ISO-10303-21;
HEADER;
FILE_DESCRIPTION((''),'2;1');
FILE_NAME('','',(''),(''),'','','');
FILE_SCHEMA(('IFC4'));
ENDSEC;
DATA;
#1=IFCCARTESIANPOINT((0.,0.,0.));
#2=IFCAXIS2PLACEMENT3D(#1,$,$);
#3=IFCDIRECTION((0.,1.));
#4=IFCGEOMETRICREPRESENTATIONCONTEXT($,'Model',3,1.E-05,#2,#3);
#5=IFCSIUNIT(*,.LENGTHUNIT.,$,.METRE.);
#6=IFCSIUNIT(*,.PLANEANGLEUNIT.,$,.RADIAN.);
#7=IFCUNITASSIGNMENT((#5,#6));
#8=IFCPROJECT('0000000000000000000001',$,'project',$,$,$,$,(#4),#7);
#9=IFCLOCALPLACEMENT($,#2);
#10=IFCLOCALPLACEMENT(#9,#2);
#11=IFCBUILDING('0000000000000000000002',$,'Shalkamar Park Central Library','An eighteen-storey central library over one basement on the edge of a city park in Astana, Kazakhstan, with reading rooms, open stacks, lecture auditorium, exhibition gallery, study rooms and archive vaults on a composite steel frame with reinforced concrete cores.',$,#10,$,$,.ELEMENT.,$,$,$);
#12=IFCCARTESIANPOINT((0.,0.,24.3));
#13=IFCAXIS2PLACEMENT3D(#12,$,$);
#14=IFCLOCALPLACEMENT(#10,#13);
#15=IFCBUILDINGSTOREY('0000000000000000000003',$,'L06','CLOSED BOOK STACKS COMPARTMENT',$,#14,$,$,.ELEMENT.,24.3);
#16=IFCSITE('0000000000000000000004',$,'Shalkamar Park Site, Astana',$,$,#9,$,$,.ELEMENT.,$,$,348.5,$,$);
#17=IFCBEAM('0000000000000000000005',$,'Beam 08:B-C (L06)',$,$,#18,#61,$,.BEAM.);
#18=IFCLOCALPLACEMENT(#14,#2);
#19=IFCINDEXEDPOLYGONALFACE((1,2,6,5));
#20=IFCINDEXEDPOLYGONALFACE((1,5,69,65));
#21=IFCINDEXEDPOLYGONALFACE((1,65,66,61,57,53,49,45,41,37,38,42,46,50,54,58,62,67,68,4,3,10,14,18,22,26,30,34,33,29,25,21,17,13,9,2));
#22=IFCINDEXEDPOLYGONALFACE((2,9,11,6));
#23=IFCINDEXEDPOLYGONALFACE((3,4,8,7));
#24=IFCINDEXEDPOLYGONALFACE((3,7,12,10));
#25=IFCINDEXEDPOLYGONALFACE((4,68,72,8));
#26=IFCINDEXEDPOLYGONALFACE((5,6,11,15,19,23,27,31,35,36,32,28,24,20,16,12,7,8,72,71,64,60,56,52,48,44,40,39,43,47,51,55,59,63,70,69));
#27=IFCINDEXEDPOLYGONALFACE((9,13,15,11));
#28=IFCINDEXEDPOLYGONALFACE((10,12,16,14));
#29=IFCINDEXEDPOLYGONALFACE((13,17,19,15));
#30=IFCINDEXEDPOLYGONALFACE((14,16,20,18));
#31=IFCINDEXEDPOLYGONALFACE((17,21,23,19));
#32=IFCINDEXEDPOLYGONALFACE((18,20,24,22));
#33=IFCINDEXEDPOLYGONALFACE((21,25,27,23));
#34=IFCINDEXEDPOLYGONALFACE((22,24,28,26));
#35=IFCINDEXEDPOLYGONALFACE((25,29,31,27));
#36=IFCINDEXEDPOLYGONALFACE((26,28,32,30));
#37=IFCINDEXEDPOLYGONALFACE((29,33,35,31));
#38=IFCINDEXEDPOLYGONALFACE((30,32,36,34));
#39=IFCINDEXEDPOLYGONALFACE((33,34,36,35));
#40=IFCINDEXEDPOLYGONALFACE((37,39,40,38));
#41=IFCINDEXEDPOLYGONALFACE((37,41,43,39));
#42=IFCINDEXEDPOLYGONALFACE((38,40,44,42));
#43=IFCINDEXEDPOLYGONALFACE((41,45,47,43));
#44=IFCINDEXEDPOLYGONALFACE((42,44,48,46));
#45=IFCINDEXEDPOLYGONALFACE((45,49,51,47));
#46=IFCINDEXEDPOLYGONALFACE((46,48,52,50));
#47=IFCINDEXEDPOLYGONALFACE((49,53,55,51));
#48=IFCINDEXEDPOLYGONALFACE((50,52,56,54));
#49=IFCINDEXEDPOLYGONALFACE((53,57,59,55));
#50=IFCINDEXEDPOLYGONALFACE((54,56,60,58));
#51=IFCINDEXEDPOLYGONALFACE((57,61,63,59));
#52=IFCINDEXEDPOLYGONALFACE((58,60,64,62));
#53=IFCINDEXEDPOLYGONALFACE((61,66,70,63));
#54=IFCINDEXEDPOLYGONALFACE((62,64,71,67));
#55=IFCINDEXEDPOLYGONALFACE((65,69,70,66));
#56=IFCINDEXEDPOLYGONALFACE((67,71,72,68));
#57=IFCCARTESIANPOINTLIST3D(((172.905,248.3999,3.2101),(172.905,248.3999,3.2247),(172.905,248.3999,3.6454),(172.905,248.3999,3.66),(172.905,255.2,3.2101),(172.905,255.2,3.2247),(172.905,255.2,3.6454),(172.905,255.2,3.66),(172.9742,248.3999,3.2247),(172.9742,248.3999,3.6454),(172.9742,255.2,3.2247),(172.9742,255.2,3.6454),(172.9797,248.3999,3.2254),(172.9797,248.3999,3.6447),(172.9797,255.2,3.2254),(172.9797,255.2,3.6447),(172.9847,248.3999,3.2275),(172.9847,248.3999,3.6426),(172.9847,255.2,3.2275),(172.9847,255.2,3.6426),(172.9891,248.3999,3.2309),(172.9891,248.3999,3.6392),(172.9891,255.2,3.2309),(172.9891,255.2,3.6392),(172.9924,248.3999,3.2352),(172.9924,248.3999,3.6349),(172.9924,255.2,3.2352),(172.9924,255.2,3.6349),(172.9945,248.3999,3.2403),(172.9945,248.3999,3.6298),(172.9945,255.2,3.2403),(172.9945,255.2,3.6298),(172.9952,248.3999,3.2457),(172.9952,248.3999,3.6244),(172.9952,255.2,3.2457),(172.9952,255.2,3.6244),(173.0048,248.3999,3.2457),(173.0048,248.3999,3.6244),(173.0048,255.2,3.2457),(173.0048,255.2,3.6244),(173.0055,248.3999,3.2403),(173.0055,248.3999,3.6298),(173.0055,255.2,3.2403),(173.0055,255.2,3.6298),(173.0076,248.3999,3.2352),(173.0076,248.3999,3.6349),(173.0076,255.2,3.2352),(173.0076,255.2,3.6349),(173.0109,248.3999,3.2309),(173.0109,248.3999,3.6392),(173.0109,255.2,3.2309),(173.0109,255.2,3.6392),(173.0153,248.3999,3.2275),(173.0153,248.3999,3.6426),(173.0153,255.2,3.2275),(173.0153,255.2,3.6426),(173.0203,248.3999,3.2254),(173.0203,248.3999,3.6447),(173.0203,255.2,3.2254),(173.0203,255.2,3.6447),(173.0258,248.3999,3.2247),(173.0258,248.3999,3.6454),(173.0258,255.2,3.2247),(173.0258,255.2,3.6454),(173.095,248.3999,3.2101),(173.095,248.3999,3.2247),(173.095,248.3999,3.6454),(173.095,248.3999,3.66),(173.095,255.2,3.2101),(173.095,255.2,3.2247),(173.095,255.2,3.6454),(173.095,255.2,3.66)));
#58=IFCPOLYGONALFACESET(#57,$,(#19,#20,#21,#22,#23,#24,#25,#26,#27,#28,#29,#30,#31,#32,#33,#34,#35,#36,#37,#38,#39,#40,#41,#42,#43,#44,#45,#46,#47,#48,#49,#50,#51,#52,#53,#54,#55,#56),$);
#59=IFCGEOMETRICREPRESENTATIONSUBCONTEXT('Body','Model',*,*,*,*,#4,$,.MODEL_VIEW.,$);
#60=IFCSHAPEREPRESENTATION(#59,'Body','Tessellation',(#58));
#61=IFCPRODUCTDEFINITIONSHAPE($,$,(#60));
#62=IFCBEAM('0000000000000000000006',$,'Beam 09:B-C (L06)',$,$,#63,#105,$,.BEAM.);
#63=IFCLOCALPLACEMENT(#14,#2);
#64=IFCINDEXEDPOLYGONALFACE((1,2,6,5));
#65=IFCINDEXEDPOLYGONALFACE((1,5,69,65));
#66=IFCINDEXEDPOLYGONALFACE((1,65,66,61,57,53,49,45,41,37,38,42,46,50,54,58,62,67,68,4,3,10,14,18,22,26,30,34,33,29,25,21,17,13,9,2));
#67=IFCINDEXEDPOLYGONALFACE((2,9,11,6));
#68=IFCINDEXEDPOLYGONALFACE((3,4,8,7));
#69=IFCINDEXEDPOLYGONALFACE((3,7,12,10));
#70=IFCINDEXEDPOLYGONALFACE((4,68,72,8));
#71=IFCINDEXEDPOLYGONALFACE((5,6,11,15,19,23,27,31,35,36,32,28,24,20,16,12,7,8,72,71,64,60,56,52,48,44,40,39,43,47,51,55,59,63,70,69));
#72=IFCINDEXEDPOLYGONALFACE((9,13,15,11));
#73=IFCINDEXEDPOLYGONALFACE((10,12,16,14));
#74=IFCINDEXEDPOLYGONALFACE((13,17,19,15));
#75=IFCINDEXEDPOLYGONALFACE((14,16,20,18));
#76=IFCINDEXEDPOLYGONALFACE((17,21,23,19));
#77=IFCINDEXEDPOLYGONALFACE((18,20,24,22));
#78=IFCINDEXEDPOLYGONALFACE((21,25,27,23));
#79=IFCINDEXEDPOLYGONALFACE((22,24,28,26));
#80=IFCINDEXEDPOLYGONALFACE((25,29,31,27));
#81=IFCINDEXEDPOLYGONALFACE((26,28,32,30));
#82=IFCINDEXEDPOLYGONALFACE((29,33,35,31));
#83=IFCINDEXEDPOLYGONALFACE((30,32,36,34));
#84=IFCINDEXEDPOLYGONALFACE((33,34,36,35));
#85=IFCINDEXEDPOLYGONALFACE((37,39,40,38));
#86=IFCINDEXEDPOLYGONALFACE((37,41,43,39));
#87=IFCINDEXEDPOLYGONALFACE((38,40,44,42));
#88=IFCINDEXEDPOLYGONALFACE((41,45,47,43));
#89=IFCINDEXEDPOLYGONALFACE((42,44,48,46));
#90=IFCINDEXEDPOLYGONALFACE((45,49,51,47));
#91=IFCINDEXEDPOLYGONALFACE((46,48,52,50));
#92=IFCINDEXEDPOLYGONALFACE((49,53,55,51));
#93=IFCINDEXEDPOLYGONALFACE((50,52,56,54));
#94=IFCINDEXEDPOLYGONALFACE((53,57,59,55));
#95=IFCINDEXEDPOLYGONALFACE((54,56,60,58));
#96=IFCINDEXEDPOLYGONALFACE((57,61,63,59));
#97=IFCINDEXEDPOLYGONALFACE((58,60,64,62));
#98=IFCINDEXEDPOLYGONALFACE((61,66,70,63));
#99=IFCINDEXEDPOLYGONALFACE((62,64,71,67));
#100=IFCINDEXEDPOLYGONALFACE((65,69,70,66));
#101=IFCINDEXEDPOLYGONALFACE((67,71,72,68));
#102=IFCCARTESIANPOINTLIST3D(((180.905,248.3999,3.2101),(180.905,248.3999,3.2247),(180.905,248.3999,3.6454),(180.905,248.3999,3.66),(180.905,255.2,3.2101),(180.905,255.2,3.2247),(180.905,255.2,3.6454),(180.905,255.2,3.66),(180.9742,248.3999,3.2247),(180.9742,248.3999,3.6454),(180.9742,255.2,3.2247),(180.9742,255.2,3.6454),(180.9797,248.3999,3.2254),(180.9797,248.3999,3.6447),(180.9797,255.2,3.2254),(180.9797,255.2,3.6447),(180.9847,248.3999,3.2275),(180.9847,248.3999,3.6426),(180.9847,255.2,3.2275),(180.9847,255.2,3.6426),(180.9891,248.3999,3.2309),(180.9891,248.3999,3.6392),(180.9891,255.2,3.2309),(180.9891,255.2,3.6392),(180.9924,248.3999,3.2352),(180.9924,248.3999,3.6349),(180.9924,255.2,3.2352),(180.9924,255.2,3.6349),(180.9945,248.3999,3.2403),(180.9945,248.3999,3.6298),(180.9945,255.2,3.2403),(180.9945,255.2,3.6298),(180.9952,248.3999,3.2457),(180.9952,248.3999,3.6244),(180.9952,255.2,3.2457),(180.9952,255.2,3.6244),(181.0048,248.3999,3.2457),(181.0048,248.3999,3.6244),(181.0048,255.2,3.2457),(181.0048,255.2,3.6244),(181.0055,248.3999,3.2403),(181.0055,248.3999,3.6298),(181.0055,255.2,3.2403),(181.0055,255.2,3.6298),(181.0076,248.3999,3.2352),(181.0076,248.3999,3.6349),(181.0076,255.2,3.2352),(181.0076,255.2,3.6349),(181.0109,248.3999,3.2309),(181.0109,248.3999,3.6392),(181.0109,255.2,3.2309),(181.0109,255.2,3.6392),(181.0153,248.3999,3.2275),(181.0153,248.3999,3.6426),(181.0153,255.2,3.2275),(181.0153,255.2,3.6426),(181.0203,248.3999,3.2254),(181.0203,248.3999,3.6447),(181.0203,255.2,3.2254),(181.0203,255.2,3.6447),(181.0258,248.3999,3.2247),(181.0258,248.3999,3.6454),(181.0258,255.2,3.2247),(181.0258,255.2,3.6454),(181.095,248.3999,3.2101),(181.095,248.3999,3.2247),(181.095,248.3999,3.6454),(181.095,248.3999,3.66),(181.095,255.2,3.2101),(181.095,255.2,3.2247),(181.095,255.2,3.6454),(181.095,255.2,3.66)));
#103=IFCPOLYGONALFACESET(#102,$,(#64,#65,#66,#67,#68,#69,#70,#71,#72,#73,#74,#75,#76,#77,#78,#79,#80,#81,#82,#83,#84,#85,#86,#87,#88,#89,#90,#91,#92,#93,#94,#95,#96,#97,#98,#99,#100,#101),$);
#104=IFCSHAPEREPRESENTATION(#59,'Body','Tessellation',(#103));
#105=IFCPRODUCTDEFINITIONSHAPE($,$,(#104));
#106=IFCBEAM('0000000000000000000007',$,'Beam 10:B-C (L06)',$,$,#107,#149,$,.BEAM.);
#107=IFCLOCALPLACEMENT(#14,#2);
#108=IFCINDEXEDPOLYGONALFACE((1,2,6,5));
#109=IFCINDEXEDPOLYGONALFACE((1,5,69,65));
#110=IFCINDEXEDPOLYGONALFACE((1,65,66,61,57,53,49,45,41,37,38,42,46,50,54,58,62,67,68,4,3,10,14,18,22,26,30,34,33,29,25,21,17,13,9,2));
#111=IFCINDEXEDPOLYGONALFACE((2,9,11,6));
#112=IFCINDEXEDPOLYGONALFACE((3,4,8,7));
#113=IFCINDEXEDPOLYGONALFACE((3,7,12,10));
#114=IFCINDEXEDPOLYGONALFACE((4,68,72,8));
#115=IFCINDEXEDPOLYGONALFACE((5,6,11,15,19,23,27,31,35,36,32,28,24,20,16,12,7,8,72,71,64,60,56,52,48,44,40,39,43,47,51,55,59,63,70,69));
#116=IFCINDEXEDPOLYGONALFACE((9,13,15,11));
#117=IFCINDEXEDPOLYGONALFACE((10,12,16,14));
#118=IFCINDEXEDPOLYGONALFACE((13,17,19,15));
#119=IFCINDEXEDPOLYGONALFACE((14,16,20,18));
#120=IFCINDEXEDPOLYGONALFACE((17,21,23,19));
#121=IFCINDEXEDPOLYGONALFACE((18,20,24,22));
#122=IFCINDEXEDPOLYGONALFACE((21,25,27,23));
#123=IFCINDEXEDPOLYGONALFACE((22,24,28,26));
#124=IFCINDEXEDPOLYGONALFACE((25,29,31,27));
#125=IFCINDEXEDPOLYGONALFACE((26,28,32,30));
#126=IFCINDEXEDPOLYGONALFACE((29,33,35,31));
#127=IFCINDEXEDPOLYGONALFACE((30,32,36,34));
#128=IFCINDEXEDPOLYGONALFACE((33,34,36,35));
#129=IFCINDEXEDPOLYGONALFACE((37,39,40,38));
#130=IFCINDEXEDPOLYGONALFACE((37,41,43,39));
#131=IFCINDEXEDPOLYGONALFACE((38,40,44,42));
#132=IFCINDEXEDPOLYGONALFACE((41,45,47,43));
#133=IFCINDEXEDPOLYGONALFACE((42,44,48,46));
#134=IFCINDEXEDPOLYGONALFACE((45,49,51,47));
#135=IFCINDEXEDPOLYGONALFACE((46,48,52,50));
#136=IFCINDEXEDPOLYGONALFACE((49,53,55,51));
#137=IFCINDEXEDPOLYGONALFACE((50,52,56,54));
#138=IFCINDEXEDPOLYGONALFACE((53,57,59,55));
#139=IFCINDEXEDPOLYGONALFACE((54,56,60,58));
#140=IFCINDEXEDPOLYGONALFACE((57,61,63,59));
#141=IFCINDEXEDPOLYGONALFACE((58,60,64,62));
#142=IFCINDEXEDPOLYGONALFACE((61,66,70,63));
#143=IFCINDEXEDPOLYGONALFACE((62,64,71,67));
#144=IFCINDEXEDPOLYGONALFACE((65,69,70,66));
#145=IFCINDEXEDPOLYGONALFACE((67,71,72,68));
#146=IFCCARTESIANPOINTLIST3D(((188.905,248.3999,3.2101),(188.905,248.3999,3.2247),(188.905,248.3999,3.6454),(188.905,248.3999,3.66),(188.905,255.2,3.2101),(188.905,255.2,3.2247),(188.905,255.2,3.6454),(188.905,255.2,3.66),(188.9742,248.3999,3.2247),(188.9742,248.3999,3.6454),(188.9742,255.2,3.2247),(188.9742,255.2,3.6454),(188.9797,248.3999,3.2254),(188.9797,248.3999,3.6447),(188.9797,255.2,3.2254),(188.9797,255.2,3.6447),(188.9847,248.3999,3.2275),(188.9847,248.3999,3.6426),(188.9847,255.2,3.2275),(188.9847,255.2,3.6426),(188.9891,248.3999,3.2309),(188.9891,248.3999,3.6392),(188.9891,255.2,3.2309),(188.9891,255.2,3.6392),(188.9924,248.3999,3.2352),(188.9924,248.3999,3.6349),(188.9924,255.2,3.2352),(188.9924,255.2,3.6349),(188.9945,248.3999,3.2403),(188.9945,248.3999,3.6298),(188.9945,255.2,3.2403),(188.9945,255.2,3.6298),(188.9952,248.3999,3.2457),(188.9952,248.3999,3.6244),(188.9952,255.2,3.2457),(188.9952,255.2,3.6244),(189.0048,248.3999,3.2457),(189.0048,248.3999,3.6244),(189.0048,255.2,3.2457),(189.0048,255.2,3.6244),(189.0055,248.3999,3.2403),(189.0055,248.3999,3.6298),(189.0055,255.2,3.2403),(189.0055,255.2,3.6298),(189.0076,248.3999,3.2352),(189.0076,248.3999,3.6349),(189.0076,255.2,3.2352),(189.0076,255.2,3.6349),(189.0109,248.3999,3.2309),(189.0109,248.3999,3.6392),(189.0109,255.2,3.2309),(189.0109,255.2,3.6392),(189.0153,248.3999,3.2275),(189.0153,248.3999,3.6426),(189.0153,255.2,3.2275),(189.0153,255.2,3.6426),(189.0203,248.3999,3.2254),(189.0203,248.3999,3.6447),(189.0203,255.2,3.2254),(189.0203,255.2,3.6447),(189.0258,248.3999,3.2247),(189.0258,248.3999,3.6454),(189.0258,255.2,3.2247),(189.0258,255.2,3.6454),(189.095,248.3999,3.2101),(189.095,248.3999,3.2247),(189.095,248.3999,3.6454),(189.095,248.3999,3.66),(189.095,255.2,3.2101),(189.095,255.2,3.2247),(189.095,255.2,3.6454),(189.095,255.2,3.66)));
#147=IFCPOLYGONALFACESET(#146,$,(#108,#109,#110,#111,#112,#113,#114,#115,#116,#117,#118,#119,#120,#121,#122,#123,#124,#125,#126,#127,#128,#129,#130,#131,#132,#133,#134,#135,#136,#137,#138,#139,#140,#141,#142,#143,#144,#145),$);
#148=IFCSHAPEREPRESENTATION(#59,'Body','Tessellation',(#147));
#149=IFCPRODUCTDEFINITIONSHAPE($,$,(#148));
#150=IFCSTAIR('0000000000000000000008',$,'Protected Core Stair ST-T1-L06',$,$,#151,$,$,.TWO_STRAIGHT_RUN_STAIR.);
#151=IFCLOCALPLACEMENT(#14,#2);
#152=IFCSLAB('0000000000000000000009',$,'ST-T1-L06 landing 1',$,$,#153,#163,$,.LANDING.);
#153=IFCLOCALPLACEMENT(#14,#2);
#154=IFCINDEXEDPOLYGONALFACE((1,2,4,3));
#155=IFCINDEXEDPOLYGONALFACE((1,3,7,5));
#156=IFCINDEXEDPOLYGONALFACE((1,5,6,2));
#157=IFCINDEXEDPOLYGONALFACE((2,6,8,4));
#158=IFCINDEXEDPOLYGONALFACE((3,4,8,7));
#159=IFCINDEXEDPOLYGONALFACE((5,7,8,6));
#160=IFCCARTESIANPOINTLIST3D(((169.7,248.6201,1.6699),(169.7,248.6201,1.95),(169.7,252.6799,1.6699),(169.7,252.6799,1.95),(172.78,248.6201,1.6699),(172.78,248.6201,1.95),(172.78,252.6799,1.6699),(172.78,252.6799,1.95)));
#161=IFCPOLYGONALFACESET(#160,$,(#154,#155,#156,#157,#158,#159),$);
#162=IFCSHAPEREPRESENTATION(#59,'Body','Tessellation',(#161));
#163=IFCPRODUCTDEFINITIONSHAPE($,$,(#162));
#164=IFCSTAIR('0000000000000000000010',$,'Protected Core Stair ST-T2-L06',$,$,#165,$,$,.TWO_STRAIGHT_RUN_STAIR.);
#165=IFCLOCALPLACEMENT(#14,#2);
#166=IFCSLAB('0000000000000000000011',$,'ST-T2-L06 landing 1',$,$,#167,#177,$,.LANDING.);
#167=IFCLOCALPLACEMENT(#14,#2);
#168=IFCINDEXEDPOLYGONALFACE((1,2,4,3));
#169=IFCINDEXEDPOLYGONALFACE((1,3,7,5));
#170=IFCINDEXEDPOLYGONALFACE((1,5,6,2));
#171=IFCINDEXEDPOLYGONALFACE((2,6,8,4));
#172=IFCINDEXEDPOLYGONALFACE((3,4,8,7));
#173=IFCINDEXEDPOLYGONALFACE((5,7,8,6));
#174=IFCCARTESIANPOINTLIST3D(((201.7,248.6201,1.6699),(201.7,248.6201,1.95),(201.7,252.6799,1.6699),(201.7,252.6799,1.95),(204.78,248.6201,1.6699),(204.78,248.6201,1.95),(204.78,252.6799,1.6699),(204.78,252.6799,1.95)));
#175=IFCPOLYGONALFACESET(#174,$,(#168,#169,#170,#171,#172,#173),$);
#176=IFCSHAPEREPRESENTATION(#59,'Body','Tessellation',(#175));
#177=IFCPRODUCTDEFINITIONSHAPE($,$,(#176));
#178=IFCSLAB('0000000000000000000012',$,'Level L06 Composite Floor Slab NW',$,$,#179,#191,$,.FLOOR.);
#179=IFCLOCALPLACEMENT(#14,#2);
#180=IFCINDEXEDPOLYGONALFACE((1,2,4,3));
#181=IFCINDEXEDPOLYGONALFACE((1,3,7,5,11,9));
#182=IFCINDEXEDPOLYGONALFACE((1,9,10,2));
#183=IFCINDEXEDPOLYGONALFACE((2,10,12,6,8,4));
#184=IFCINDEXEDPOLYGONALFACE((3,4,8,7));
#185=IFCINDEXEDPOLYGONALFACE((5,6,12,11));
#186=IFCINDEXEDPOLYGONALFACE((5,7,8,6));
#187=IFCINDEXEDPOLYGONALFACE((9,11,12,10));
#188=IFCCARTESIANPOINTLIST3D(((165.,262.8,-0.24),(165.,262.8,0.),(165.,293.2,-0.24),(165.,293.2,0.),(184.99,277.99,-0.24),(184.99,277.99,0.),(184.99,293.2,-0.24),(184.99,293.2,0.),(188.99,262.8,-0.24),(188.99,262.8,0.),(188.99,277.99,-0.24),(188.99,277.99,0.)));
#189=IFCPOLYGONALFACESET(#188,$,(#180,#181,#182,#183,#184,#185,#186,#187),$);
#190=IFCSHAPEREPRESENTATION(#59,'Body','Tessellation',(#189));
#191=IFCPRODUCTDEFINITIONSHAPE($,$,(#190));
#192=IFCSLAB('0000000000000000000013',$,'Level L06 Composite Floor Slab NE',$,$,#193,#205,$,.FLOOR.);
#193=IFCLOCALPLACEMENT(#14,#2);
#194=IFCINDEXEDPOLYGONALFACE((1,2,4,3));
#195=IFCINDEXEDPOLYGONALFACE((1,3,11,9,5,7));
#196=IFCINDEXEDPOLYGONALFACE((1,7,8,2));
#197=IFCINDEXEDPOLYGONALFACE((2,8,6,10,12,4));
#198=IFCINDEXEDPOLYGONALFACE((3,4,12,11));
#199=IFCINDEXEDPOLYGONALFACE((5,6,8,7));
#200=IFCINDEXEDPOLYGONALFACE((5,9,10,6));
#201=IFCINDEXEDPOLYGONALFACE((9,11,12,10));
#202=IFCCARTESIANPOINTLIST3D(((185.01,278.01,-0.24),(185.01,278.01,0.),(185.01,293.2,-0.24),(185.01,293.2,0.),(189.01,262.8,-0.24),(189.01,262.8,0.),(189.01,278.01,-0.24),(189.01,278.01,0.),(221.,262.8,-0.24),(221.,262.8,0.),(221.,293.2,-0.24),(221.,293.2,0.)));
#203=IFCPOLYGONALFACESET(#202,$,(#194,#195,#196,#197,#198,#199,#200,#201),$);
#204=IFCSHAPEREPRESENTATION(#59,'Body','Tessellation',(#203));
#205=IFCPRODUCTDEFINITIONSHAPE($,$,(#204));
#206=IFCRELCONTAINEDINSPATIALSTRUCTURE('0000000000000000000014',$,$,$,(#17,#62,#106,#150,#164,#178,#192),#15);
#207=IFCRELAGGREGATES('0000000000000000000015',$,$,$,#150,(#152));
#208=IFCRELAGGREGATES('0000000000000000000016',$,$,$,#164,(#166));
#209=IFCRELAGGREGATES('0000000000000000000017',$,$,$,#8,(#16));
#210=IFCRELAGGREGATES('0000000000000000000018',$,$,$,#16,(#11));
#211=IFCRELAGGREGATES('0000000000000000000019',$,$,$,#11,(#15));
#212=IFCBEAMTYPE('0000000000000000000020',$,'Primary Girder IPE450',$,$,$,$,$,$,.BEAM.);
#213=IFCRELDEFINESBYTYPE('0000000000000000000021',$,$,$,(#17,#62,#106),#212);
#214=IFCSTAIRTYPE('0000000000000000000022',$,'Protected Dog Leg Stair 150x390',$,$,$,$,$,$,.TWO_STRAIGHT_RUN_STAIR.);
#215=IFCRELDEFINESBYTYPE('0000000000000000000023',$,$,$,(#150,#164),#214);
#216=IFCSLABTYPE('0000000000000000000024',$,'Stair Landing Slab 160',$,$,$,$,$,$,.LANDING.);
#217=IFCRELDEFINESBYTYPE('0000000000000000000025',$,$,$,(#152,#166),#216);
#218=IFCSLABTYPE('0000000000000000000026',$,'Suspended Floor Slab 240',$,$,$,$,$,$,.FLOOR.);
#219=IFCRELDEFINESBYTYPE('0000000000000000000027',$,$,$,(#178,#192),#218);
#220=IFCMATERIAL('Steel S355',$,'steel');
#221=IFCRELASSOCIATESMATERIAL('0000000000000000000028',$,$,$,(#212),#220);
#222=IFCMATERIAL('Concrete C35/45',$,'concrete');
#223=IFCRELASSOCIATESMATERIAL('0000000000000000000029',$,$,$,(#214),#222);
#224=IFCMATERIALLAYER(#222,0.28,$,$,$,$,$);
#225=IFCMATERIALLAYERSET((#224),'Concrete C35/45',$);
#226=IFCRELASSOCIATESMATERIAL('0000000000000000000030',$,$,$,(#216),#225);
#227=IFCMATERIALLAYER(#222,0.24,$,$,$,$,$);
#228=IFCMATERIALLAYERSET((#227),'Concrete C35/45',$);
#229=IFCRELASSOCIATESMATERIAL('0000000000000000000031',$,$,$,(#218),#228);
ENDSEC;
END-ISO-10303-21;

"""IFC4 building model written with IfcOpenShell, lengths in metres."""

from ifc_helpers import new_model, si_unit, direction, frame, origin, origin_2d, place, context, subcontext, project, spatial, polyline, i_section, outline, extrude, material, layer, layer_set, material_profile, profile_set, type_object, element, aggregate, save


model = new_model("IFC4")

# Units and contexts
model_context = context("Model", 3, precision=1e-05, world=origin(), true_north=direction((0.0, 1.0)))
body_context = subcontext(model_context, "Body", "Model", "MODEL_VIEW")
ifc_project = project(units=[si_unit("LENGTHUNIT", "METRE"), si_unit("PLANEANGLEUNIT", "RADIAN")], contexts=[model_context])

# Site, building, storey
site_placement = place(None, origin())
site = spatial("IfcSite", under=ifc_project, at=site_placement, Name="Shalkamar Park Site, Astana", CompositionType="ELEMENT", RefElevation=348.5)
building_placement = place(site_placement, origin())
building = spatial("IfcBuilding", under=site, at=building_placement, Name="Shalkamar Park Central Library", Description="An eighteen-storey central library over one basement on the edge of a city park in Astana, Kazakhstan, with reading rooms, open stacks, lecture auditorium, exhibition gallery, study rooms and archive vaults on a composite steel frame with reinforced concrete cores.", CompositionType="ELEMENT")
storey_placement = place(building_placement, frame((0.0, 0.0, 24.3)))
storey = spatial("IfcBuildingStorey", under=building, at=storey_placement, Name="L06", Description="CLOSED BOOK STACKS COMPARTMENT", CompositionType="ELEMENT", Elevation=24.3)

# Shared definitions
ifc_material_1 = material(Name="Steel S355", Category="steel")

# Beams
ifc_material_profile_1 = material_profile(ifc_material_1, i_section(OverallWidth=0.1899, OverallDepth=0.45, WebThickness=0.0095, FlangeThickness=0.0146, FilletRadius=0.021, at=origin_2d()), Name="IPE 450")
ifc_profile_set_1 = profile_set([ifc_material_profile_1], Name="Steel S355")
beam_type_1 = type_object("IfcBeamType", Name="Primary Girder IPE450", PredefinedType="BEAM", material=ifc_profile_set_1)
for number, where, z_axis, x_axis, name in (
    (1, (173.0, 248.3999, 3.4351), (0.0, 1.0, 0.0), (-1.0, 0.0, 0.0), "Beam 08:B-C (L06)"),
    (2, (181.0, 248.3999, 3.4351), (0.0, 1.0, 0.0), (-1.0, 0.0, 0.0), "Beam 09:B-C (L06)"),
    (3, (189.0, 248.3999, 3.4351), (0.0, 1.0, 0.0), (-1.0, 0.0, 0.0), "Beam 10:B-C (L06)"),
):
    element("IfcBeam", number, at=place(storey_placement, frame(where, z_axis=z_axis, x_axis=x_axis)), inside=storey, type_object=beam_type_1, Name=name, PredefinedType="BEAM", context=body_context, shape_type="SweptSolid", body=[
        extrude(i_section(OverallWidth=0.1899, OverallDepth=0.45, WebThickness=0.0095, FlangeThickness=0.0146, FilletRadius=0.021, at=origin_2d()), origin(), (0.0, 0.0, 1.0), 6.8),
    ])

# Stairs, slabs
ifc_material_2 = material(Name="Concrete C35/45", Category="concrete")
stair_type = type_object("IfcStairType", Name="Protected Dog Leg Stair 150x390", PredefinedType="TWO_STRAIGHT_RUN_STAIR", material=ifc_material_2)
stair_1_placement = place(storey_placement, origin())
stair_1 = element("IfcStair", 4, at=stair_1_placement, inside=storey, type_object=stair_type, Name="Protected Core Stair ST-T1-L06", PredefinedType="TWO_STRAIGHT_RUN_STAIR")
ifc_layer_1 = layer(ifc_material_2, 0.28)
ifc_layer_set_1 = layer_set([ifc_layer_1], Name="Concrete C35/45")
slab_type_1 = type_object("IfcSlabType", Name="Stair Landing Slab 160", PredefinedType="LANDING", material=ifc_layer_set_1)
slab_1_placement = place(storey_placement, frame((0.0, 0.0, 1.6699)))
slab_1 = element("IfcSlab", 5, at=slab_1_placement, type_object=slab_type_1, Name="ST-T1-L06 landing 1", PredefinedType="LANDING", context=body_context, shape_type="SweptSolid", body=[
    extrude(outline(polyline([(169.7, 248.6201), (172.78, 248.6201), (172.78, 252.6799), (169.7, 252.6799), (169.7, 248.6201)])), origin(), (0.0, 0.0, 1.0), 0.28),
])
aggregate(stair_1, [slab_1])
stair_2_placement = place(storey_placement, origin())
stair_2 = element("IfcStair", 6, at=stair_2_placement, inside=storey, type_object=stair_type, Name="Protected Core Stair ST-T2-L06", PredefinedType="TWO_STRAIGHT_RUN_STAIR")
slab_2_placement = place(storey_placement, frame((0.0, 0.0, 1.6699)))
slab_2 = element("IfcSlab", 7, at=slab_2_placement, type_object=slab_type_1, Name="ST-T2-L06 landing 1", PredefinedType="LANDING", context=body_context, shape_type="SweptSolid", body=[
    extrude(outline(polyline([(201.7, 248.6201), (204.78, 248.6201), (204.78, 252.6799), (201.7, 252.6799), (201.7, 248.6201)])), origin(), (0.0, 0.0, 1.0), 0.28),
])
aggregate(stair_2, [slab_2])

# Slabs
ifc_layer_2 = layer(ifc_material_2, 0.24)
ifc_layer_set_2 = layer_set([ifc_layer_2], Name="Concrete C35/45")
slab_type_2 = type_object("IfcSlabType", Name="Suspended Floor Slab 240", PredefinedType="FLOOR", material=ifc_layer_set_2)
slab_3_placement = place(storey_placement, frame((0.0, 0.0, -0.24)))
element("IfcSlab", 8, at=slab_3_placement, inside=storey, type_object=slab_type_2, Name="Level L06 Composite Floor Slab NW", PredefinedType="FLOOR", context=body_context, shape_type="SweptSolid", body=[
    extrude(outline(polyline([(165.0, 262.8), (188.99, 262.8), (188.99, 277.99), (184.99, 277.99), (184.99, 293.2), (165.0, 293.2), (165.0, 262.8)])), origin(), (0.0, 0.0, 1.0), 0.24),
])
slab_4_placement = place(storey_placement, frame((0.0, 0.0, -0.24)))
element("IfcSlab", 9, at=slab_4_placement, inside=storey, type_object=slab_type_2, Name="Level L06 Composite Floor Slab NE", PredefinedType="FLOOR", context=body_context, shape_type="SweptSolid", body=[
    extrude(outline(polyline([(189.01, 262.8), (221.0, 262.8), (221.0, 293.2), (185.01, 293.2), (185.01, 278.01), (189.01, 278.01), (189.01, 262.8)])), origin(), (0.0, 0.0, 1.0), 0.24),
])

save(model, "model.ifc")
